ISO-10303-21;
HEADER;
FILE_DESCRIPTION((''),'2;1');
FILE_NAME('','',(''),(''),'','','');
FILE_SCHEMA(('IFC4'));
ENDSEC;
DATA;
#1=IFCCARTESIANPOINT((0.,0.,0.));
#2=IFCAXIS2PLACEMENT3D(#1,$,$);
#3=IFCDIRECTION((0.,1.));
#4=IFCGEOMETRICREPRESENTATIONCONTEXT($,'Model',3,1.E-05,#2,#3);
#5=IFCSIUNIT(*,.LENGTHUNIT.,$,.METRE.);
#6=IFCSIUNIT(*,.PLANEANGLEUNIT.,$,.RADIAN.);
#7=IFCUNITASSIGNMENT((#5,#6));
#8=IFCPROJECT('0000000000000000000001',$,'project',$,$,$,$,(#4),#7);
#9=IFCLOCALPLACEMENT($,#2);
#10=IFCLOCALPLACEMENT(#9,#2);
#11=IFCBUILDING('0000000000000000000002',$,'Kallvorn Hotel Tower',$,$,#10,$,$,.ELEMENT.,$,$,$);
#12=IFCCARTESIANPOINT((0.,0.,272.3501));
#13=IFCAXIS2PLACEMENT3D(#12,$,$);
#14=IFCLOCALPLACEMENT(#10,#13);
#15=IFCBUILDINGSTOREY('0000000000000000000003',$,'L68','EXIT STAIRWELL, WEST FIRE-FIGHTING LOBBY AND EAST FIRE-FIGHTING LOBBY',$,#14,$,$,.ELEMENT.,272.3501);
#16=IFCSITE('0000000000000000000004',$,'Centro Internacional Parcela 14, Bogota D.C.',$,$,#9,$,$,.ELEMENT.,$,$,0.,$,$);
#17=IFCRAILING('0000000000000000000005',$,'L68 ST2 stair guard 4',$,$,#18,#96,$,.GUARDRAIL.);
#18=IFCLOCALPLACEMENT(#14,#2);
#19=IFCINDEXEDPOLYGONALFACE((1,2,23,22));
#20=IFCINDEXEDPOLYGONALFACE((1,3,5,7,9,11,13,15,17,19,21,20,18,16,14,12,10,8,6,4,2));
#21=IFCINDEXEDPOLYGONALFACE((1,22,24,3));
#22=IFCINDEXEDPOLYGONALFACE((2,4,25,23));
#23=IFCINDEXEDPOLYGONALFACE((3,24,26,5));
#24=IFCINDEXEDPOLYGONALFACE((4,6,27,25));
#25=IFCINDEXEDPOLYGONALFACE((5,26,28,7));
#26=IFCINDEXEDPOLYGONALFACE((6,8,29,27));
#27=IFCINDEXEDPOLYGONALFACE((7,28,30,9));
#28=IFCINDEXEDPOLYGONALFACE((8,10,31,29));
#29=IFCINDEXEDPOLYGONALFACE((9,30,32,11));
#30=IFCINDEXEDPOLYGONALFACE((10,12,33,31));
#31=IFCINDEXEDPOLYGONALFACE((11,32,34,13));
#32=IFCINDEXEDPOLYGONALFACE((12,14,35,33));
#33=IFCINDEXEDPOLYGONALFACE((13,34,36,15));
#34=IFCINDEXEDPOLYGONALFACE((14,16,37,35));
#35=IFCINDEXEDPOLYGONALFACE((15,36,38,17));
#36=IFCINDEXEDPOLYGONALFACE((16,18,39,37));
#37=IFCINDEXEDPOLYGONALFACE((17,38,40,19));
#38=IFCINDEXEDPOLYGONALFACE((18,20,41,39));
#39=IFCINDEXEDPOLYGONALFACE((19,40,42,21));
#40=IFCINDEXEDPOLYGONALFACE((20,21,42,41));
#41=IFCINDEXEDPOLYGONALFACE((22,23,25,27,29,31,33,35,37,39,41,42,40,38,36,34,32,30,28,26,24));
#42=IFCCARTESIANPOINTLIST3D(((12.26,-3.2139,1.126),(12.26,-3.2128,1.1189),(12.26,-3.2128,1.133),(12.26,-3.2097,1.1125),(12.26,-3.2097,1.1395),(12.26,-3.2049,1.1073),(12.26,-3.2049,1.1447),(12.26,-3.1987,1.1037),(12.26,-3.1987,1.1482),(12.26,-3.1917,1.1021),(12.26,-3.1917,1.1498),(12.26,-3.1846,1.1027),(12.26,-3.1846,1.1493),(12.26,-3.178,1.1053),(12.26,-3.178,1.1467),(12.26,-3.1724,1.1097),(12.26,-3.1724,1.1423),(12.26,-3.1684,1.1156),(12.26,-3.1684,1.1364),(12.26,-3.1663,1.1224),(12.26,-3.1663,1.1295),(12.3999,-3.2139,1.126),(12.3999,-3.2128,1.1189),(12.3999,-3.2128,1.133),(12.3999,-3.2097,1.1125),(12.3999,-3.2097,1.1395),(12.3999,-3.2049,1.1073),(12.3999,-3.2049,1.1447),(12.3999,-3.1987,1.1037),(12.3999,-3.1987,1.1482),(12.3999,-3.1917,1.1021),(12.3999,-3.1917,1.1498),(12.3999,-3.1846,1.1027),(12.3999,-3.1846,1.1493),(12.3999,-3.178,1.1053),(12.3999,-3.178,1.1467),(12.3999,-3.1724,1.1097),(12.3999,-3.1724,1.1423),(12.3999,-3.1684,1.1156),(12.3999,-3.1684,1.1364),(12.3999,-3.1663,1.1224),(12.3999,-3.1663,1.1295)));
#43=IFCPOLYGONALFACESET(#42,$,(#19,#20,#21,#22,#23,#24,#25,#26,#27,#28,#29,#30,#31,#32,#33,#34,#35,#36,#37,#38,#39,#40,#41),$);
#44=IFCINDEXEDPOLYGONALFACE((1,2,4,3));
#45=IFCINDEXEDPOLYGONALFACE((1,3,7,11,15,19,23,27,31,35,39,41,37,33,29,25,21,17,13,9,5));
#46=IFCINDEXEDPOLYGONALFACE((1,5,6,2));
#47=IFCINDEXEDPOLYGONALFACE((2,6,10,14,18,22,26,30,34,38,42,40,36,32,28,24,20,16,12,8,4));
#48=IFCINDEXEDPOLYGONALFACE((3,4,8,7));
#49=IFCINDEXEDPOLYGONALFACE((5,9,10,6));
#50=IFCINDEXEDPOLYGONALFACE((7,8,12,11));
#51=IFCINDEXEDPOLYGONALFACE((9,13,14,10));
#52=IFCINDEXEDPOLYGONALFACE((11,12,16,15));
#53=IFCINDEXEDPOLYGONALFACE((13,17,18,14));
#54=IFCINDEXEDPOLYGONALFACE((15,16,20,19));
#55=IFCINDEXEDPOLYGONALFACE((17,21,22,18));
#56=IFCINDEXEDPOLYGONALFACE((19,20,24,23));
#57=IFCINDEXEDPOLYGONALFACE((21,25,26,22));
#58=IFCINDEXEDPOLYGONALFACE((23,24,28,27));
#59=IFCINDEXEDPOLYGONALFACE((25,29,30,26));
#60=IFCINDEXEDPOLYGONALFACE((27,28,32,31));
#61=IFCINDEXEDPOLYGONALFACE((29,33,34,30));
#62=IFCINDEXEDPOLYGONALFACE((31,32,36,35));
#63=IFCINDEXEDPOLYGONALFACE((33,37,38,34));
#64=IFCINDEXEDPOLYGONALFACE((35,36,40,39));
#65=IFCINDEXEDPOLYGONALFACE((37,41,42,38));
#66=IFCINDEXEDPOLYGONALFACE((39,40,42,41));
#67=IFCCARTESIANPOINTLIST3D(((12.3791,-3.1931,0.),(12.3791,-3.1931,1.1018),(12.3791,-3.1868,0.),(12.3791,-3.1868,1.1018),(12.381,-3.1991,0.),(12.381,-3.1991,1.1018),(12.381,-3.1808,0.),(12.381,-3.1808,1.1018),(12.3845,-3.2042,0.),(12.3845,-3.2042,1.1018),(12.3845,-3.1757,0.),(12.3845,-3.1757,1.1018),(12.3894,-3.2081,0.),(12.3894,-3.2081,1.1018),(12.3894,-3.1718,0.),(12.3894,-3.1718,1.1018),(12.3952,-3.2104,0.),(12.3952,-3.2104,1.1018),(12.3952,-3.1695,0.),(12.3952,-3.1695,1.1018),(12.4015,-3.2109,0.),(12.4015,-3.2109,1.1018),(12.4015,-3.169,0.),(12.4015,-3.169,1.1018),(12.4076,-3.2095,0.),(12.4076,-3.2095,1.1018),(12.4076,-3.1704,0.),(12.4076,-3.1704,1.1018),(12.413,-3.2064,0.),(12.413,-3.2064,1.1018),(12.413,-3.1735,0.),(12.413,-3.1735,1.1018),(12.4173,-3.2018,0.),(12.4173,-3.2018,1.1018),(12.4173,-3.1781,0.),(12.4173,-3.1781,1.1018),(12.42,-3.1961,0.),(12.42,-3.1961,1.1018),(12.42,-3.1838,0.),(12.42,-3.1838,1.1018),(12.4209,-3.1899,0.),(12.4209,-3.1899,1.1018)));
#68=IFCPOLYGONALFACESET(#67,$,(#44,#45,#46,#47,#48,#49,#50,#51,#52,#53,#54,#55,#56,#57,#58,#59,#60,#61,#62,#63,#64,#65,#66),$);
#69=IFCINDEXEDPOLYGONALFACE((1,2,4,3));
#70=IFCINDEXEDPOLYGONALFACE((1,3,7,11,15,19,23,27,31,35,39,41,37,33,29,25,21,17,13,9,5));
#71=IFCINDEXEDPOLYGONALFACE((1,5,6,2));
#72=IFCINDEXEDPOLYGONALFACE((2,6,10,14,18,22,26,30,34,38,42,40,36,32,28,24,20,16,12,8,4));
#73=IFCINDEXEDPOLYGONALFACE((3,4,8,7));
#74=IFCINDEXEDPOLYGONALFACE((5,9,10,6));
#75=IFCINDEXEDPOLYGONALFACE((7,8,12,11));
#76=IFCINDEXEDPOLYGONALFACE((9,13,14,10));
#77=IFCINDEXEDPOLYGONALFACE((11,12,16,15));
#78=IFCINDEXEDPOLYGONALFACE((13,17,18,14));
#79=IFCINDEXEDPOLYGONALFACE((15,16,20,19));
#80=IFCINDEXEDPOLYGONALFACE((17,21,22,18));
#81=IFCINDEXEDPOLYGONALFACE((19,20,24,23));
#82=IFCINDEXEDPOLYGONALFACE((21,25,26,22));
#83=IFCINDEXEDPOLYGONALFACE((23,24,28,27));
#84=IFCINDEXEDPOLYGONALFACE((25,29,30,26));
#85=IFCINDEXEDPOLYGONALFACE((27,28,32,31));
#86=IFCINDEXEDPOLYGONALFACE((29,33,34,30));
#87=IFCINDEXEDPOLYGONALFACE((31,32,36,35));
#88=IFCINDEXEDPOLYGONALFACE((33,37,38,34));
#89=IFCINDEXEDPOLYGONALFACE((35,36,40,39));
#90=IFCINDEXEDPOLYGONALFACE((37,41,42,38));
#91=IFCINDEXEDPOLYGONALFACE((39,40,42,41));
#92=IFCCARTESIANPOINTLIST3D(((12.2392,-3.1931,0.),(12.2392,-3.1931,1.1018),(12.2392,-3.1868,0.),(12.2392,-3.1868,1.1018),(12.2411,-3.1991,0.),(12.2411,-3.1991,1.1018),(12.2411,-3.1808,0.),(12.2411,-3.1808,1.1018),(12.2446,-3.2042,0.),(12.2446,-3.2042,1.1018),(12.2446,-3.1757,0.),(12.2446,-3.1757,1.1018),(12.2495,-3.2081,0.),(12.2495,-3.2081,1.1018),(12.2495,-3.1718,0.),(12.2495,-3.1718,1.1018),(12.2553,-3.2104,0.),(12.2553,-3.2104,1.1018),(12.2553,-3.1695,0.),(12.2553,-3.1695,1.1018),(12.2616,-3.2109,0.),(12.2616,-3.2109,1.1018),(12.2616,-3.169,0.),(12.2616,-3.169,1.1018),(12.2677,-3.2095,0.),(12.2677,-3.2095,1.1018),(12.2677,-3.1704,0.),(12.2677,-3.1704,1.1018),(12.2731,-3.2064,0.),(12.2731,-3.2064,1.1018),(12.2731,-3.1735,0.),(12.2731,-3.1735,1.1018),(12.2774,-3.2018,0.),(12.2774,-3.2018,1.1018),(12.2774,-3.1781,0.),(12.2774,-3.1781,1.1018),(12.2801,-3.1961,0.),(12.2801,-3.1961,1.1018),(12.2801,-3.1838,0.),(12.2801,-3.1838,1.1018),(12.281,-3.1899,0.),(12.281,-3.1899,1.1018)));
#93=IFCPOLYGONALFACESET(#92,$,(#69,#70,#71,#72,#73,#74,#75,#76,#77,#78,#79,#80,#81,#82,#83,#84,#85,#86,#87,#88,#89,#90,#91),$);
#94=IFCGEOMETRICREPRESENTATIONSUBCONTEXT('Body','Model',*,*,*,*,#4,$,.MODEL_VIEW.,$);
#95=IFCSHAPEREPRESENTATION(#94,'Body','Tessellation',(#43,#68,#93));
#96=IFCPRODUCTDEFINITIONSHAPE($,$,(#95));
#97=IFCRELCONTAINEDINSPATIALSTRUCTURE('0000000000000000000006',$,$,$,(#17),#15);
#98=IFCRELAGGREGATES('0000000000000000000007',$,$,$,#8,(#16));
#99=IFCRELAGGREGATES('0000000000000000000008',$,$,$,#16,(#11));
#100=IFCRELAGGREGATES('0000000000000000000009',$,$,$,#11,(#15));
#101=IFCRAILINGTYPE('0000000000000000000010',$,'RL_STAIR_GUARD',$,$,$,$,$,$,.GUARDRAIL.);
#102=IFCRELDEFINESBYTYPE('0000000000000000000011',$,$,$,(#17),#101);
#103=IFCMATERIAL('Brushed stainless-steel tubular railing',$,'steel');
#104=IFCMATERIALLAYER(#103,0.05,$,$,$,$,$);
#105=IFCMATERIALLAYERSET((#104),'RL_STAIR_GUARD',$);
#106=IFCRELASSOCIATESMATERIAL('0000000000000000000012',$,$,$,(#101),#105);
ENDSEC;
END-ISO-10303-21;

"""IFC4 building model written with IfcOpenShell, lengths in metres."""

from ifc_helpers import new_model, si_unit, direction, frame, origin, origin_2d, place, context, subcontext, project, spatial, circle, extrude, material, layer, layer_set, type_object, element, save


model = new_model("IFC4")

# Units and contexts
model_context = context("Model", 3, precision=1e-05, world=origin(), true_north=direction((0.0, 1.0)))
body_context = subcontext(model_context, "Body", "Model", "MODEL_VIEW")
ifc_project = project(units=[si_unit("LENGTHUNIT", "METRE"), si_unit("PLANEANGLEUNIT", "RADIAN")], contexts=[model_context])

# Site, building, storey
site_placement = place(None, origin())
site = spatial("IfcSite", under=ifc_project, at=site_placement, Name="Centro Internacional Parcela 14, Bogota D.C.", CompositionType="ELEMENT", RefElevation=0.0)
building_placement = place(site_placement, origin())
building = spatial("IfcBuilding", under=site, at=building_placement, Name="Kallvorn Hotel Tower", CompositionType="ELEMENT")
storey_placement = place(building_placement, frame((0.0, 0.0, 272.3501)))
storey = spatial("IfcBuildingStorey", under=building, at=storey_placement, Name="L68", Description="EXIT STAIRWELL, WEST FIRE-FIGHTING LOBBY AND EAST FIRE-FIGHTING LOBBY", CompositionType="ELEMENT", Elevation=272.3501)

# Railing
ifc_material_1 = material(Name="Brushed stainless-steel tubular railing", Category="steel")
ifc_layer_1 = layer(ifc_material_1, 0.05)
ifc_layer_set_1 = layer_set([ifc_layer_1], Name="RL_STAIR_GUARD")
railing_type_1 = type_object("IfcRailingType", Name="RL_STAIR_GUARD", PredefinedType="GUARDRAIL", material=ifc_layer_set_1)
railing_1_placement = place(storey_placement, frame((12.3999, -3.1899, 0.0)))
element("IfcRailing", 1, at=railing_1_placement, inside=storey, type_object=railing_type_1, Name="L68 ST2 stair guard 4", PredefinedType="GUARDRAIL", context=body_context, shape_type="SweptSolid", body=[
    extrude(circle(Radius=0.0239, at=origin_2d()), frame((0.0, 0.0, 1.126), z_axis=(-1.0, 0.0, 0.0), x_axis=(0.0, -1.0, 0.0)), (0.0, 0.0, 1.0), 0.1399),
    extrude(circle(Radius=0.021, at=origin_2d()), origin(), (0.0, 0.0, 1.0), 1.1018),
    extrude(circle(Radius=0.021, at=origin_2d()), frame((-0.1399, 0.0, 0.0)), (0.0, 0.0, 1.0), 1.1018),
])

save(model, "model.ifc")
